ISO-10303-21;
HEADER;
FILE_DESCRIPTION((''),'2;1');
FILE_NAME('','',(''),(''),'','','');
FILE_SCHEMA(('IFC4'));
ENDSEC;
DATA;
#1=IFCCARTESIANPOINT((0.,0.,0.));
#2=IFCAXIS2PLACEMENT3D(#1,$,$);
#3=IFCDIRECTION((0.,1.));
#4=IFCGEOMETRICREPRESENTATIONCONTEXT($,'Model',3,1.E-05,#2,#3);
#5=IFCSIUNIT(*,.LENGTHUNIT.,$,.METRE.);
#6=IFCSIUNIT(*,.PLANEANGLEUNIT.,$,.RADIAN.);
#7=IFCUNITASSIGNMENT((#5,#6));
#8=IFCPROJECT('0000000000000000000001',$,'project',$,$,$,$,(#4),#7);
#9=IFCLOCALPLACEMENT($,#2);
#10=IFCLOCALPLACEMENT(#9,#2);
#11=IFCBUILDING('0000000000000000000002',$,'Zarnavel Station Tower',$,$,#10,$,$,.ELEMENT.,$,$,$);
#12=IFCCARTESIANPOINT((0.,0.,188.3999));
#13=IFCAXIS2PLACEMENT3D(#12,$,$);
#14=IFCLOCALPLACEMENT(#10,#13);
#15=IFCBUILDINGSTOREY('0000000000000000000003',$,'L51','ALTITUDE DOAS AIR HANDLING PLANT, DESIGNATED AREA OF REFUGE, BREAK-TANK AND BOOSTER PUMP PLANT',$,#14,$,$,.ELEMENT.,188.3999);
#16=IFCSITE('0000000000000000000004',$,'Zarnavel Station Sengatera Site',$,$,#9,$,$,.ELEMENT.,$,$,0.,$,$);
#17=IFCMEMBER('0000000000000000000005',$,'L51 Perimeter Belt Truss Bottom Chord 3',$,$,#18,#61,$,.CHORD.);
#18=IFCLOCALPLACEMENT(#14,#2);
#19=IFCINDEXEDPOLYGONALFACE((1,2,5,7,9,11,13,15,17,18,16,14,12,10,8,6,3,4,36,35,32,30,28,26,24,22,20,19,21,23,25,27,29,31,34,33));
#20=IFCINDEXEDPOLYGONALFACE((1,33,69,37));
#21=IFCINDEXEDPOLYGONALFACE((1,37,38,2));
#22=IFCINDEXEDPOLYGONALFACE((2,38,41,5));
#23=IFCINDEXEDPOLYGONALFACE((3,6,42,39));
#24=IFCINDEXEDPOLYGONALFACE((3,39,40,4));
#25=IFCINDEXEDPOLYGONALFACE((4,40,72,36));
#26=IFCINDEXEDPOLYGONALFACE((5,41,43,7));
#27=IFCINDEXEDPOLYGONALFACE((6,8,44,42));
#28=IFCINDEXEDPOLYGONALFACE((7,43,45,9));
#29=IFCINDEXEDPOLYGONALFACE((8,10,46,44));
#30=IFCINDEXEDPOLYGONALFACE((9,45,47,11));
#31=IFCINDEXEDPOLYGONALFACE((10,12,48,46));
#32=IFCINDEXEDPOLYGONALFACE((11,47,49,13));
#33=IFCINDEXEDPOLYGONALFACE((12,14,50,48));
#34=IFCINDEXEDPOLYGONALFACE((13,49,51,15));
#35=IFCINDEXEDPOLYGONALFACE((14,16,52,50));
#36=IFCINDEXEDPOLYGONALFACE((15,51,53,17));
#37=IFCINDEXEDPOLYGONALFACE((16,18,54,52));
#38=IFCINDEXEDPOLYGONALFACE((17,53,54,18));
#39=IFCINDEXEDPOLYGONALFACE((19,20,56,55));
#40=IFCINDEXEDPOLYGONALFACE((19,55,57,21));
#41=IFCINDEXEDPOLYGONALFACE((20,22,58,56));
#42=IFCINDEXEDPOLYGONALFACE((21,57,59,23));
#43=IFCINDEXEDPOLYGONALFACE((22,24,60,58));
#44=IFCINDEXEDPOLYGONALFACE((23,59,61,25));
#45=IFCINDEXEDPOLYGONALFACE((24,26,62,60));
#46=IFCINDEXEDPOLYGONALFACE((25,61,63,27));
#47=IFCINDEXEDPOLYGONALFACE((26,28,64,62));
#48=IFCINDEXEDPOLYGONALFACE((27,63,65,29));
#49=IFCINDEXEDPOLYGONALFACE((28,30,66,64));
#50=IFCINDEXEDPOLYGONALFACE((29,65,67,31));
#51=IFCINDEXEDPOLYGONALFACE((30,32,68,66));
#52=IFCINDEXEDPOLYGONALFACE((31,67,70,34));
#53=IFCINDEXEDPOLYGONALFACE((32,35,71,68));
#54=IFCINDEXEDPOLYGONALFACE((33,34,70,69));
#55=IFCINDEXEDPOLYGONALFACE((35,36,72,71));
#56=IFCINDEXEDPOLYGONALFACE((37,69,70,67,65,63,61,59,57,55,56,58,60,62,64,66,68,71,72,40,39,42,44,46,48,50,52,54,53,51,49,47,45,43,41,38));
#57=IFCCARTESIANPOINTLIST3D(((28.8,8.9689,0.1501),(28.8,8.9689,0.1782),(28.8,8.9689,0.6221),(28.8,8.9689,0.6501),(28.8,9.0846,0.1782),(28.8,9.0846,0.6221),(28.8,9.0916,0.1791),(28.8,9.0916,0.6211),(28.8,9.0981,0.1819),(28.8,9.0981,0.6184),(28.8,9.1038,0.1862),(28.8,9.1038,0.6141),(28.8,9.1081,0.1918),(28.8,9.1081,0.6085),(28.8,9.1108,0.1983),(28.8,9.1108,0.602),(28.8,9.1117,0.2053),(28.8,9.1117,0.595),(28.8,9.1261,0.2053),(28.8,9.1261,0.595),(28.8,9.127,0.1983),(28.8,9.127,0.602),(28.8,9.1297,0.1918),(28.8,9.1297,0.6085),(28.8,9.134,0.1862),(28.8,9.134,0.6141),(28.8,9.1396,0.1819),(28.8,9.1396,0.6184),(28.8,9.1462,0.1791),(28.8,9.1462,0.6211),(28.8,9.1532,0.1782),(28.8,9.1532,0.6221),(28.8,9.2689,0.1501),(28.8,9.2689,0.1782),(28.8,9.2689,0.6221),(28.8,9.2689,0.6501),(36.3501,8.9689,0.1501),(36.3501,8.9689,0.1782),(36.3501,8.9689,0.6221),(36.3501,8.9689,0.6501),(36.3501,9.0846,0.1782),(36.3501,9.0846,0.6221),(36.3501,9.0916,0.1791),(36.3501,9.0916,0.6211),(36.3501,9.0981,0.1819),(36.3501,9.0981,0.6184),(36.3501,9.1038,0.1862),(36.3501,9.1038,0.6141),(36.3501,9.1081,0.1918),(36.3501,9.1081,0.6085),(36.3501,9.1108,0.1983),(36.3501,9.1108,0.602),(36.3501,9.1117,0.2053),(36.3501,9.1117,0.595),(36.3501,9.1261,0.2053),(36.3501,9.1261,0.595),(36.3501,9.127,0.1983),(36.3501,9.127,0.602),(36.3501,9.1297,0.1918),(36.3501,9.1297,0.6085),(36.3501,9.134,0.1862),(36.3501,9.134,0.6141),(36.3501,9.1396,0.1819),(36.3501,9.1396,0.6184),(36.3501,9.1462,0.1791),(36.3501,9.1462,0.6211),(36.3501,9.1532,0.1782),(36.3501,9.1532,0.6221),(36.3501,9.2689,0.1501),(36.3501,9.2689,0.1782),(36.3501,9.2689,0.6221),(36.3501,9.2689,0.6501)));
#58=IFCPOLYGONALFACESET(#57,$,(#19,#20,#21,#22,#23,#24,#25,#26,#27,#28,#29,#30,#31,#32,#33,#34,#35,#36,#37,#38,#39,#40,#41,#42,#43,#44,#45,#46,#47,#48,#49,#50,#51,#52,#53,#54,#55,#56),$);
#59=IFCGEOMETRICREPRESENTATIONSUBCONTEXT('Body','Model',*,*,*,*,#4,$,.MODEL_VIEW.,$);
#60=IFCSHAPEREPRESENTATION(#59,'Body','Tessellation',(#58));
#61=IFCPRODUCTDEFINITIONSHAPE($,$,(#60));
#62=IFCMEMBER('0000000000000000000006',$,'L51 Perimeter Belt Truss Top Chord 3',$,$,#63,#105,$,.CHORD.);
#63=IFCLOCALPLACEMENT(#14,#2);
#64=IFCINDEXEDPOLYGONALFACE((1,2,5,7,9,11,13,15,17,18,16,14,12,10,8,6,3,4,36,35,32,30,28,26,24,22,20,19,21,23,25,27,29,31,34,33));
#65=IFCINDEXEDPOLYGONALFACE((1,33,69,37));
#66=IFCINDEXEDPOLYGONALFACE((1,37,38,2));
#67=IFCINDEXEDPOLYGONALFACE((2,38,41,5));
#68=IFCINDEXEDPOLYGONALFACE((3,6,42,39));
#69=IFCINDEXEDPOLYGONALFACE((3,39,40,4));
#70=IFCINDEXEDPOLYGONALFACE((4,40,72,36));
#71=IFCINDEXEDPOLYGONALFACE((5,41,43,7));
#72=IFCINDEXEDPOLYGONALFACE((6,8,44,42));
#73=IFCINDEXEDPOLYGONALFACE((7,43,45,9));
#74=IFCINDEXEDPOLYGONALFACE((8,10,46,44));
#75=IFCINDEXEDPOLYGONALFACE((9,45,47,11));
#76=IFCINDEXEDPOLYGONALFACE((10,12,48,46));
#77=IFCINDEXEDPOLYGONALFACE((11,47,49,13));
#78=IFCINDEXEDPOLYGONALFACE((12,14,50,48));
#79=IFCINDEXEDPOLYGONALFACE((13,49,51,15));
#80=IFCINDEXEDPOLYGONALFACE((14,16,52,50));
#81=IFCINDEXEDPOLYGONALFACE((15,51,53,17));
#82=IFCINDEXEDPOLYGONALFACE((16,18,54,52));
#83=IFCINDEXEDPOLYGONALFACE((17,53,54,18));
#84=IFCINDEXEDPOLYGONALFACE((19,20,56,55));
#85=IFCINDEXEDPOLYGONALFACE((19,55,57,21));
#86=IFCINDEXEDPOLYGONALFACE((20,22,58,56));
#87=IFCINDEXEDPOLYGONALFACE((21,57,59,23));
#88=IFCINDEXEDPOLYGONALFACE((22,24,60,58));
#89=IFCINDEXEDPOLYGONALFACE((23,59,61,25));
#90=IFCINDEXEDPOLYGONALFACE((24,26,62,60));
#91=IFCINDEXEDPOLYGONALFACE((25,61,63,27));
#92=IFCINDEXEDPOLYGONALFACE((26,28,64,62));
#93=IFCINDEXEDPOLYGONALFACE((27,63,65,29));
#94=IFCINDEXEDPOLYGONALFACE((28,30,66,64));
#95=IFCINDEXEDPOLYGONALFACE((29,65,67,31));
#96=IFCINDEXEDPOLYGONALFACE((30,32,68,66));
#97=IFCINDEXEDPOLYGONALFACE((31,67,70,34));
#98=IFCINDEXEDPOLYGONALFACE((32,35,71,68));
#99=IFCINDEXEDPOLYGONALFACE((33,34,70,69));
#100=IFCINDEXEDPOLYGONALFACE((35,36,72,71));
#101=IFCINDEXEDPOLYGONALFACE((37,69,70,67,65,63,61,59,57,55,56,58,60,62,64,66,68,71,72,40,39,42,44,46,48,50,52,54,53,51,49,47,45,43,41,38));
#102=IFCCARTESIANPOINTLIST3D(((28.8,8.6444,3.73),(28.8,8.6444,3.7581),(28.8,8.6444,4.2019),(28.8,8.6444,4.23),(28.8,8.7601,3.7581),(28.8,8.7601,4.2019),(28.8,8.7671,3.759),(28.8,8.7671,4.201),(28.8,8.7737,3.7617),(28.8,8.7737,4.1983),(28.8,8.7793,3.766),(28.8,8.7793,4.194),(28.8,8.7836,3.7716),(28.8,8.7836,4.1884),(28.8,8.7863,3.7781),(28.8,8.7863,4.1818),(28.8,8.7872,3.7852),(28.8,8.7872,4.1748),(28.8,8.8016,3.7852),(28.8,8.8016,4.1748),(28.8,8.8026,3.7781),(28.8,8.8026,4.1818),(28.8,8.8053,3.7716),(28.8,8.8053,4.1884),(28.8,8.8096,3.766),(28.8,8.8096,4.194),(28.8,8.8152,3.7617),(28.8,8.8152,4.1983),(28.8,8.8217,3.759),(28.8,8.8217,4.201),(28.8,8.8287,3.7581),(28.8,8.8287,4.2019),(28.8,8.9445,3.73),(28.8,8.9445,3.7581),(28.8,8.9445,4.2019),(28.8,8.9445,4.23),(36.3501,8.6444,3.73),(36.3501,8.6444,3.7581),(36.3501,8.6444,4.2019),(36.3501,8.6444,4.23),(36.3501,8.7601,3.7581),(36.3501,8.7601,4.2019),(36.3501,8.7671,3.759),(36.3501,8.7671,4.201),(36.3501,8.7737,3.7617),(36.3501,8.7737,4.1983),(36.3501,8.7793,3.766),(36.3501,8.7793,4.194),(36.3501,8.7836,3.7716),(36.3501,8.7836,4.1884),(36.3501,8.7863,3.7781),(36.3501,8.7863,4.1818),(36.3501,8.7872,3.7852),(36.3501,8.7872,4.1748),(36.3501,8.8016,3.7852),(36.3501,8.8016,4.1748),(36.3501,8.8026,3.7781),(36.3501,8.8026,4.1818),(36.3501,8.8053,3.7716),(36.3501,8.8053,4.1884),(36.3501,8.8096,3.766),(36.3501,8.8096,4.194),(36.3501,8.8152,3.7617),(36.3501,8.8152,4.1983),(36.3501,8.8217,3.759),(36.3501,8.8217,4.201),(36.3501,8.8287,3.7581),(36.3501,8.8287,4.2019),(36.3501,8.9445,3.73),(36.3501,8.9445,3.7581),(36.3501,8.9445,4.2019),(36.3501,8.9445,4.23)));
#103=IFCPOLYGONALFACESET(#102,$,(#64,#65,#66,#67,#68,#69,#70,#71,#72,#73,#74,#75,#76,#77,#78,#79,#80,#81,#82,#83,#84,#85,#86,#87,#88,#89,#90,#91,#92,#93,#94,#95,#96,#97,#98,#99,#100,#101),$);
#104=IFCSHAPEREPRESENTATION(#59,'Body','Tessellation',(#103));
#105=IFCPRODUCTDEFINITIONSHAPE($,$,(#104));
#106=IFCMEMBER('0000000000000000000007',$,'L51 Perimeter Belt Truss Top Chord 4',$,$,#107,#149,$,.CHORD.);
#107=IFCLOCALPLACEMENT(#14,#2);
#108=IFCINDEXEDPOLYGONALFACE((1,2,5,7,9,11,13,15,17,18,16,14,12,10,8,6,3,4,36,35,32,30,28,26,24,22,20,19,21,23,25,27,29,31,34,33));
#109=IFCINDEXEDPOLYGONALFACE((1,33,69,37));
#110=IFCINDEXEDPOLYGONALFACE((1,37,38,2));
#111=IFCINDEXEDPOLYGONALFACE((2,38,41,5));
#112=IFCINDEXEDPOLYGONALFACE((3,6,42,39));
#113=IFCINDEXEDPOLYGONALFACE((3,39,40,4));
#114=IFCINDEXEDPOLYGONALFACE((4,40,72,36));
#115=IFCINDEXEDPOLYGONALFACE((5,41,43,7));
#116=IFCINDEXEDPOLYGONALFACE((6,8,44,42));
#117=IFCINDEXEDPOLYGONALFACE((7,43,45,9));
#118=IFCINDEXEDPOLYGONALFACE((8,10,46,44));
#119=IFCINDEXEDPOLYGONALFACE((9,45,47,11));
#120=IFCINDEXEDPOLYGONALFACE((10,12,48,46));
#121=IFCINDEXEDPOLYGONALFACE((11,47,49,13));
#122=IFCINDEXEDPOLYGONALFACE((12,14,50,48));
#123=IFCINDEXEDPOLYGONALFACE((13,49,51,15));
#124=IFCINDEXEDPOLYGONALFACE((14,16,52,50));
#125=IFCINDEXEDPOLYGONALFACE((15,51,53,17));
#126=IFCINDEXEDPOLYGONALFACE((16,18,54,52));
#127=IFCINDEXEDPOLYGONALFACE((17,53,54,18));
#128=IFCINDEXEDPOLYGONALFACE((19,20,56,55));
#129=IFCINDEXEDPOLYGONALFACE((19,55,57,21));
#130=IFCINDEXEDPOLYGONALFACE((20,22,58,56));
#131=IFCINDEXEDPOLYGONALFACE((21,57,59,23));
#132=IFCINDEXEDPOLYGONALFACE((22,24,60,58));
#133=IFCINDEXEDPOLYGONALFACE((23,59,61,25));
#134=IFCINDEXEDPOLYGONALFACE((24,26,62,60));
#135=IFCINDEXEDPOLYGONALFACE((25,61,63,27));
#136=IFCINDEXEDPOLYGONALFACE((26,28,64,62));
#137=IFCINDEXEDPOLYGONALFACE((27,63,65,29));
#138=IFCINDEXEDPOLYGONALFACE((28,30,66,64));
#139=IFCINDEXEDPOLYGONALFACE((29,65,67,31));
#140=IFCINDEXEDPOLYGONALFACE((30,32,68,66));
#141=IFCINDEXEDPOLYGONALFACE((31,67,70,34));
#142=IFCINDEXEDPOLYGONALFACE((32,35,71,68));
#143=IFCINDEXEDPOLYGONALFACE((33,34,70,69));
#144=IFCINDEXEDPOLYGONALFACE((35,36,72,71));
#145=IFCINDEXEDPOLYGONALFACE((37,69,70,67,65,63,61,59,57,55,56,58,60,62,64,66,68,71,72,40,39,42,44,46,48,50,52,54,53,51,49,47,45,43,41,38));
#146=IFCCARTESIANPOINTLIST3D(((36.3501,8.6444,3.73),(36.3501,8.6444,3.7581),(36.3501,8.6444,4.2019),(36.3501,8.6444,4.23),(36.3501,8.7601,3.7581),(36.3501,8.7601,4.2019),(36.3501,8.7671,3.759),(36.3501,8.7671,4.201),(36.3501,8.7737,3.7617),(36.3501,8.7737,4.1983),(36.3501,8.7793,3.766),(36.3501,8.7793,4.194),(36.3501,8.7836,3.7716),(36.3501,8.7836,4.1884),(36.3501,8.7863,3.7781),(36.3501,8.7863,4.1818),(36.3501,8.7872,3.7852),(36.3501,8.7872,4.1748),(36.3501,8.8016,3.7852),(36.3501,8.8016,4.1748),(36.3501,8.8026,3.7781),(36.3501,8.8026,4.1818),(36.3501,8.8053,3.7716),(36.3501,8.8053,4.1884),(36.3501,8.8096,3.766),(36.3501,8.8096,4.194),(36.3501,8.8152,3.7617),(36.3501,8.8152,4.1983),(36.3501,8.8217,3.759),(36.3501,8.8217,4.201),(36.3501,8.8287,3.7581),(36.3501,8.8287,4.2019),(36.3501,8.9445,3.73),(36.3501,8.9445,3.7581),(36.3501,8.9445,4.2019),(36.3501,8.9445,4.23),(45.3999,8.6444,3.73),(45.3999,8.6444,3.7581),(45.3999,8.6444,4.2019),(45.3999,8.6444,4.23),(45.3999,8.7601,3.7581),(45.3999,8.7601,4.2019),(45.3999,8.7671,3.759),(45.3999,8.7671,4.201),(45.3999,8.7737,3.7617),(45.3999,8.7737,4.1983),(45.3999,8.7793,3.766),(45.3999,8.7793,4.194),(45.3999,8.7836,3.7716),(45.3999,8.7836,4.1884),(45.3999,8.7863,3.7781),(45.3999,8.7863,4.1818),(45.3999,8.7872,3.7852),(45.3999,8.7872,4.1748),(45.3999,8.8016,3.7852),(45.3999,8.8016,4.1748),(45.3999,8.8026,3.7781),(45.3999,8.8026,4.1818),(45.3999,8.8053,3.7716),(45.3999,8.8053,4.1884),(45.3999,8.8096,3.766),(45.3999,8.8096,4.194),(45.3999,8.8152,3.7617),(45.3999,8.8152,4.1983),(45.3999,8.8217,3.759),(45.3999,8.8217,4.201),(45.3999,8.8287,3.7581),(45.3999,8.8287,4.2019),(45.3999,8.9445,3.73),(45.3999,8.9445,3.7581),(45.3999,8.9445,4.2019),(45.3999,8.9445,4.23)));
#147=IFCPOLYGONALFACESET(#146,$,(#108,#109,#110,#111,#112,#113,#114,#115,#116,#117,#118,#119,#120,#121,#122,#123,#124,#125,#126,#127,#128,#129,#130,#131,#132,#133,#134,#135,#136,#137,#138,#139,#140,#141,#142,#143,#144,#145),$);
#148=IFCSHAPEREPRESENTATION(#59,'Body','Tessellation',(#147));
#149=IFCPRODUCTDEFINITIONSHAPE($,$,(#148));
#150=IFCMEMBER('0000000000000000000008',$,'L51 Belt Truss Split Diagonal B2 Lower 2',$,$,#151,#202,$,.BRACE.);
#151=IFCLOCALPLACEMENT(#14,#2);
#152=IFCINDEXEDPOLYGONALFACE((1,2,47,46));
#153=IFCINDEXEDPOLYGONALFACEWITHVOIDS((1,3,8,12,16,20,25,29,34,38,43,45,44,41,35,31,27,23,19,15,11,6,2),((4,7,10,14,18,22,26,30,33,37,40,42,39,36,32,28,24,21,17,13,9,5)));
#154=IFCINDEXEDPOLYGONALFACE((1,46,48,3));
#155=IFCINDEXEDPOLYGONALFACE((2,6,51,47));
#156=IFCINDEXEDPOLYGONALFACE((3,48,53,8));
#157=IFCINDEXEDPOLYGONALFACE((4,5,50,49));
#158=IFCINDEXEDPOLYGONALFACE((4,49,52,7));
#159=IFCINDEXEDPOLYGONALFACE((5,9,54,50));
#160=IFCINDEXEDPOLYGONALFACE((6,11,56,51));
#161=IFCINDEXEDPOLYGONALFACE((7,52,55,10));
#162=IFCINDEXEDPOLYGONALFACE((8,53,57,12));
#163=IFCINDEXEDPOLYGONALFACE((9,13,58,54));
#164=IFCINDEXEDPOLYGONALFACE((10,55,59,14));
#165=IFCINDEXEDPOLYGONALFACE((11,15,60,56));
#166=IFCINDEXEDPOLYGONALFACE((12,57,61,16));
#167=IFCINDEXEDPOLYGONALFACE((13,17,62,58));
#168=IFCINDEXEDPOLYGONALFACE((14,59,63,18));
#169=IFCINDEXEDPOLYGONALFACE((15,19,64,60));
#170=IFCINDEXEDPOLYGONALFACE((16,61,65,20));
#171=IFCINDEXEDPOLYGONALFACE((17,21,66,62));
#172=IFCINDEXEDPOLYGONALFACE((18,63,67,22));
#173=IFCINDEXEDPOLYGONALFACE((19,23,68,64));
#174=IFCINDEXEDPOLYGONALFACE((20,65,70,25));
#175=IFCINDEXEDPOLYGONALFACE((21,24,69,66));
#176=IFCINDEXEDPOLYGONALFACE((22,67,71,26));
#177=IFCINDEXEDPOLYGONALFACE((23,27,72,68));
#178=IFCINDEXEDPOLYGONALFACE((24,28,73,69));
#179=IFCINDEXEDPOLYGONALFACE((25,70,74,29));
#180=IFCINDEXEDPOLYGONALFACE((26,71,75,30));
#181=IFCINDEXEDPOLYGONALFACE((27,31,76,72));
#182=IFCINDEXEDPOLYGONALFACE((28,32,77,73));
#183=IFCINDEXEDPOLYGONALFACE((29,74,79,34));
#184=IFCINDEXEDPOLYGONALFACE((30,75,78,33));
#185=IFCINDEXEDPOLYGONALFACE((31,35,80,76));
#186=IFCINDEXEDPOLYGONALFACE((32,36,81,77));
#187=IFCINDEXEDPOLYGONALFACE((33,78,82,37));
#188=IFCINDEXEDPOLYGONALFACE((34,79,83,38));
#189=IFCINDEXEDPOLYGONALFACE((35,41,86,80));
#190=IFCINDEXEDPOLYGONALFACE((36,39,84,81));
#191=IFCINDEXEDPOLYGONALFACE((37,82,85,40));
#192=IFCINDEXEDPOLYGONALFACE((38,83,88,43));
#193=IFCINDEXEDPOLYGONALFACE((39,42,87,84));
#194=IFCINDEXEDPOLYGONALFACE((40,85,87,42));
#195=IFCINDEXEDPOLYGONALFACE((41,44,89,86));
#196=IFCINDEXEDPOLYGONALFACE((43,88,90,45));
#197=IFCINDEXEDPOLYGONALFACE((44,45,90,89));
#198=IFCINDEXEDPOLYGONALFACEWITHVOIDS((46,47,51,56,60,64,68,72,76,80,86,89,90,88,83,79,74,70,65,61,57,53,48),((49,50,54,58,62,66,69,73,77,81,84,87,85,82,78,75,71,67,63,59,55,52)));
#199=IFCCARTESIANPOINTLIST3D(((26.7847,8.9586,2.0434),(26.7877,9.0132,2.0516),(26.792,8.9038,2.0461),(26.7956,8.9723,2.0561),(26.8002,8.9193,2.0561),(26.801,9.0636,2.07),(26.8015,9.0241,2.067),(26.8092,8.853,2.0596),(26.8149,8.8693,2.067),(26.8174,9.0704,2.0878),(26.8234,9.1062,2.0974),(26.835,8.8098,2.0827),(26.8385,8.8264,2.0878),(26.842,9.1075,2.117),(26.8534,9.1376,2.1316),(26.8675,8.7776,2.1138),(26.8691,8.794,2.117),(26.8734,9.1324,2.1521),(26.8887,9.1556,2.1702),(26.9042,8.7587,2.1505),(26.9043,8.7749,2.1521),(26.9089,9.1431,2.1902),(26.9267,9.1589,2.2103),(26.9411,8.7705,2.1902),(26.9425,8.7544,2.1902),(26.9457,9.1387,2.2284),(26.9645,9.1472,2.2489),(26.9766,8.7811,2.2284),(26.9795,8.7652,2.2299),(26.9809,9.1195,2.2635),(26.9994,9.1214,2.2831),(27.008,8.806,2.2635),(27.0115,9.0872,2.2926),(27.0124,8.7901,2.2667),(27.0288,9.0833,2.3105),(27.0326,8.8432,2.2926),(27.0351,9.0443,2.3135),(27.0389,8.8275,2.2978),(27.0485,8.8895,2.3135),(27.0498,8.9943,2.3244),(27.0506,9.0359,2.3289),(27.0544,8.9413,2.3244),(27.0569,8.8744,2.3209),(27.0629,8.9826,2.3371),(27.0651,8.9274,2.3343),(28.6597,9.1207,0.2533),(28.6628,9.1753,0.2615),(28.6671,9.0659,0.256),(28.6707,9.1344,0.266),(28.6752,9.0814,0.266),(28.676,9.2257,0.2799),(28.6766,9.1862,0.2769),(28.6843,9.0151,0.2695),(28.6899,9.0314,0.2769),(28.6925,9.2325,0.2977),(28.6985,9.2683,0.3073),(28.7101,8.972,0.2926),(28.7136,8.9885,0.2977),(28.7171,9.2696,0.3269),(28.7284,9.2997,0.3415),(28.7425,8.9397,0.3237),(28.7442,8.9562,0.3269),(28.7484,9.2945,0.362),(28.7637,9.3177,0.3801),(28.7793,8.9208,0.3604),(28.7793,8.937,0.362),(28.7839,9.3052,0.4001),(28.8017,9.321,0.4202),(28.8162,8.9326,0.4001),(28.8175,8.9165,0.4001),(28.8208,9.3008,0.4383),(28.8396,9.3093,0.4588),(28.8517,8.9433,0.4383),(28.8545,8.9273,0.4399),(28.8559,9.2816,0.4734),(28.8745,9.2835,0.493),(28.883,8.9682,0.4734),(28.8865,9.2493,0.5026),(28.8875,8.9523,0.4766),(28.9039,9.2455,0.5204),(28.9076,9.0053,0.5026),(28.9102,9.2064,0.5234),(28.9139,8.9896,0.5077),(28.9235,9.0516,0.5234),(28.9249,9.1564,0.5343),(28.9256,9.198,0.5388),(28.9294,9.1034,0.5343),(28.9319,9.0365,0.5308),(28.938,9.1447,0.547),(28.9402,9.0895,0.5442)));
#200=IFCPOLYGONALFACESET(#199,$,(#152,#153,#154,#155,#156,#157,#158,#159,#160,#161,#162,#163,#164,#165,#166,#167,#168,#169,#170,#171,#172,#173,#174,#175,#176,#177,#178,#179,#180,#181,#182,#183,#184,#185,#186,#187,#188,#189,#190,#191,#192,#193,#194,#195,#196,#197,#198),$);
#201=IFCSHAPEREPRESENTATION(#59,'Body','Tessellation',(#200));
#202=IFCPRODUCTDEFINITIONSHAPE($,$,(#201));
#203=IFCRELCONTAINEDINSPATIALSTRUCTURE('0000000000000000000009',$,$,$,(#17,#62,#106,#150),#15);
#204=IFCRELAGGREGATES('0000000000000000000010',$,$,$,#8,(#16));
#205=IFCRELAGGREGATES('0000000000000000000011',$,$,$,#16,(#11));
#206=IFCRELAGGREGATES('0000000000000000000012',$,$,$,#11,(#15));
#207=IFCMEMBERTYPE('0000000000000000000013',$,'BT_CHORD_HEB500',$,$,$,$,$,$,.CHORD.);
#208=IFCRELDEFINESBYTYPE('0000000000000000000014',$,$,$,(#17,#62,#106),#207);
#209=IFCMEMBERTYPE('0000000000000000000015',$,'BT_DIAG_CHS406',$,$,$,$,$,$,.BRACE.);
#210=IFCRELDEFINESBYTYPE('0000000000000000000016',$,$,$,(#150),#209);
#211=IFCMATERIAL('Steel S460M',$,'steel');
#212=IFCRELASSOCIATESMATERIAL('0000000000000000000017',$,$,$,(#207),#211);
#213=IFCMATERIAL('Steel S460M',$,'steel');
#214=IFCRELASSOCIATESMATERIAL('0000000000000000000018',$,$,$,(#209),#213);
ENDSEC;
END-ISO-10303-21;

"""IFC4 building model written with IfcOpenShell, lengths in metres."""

from ifc_helpers import new_model, si_unit, direction, frame, origin, origin_2d, place, context, subcontext, project, spatial, hollow_circle, i_section, extrude, material, material_profile, profile_set, type_object, element, save


model = new_model("IFC4")

# Units and contexts
model_context = context("Model", 3, precision=1e-05, world=origin(), true_north=direction((0.0, 1.0)))
body_context = subcontext(model_context, "Body", "Model", "MODEL_VIEW")
ifc_project = project(units=[si_unit("LENGTHUNIT", "METRE"), si_unit("PLANEANGLEUNIT", "RADIAN")], contexts=[model_context])

# Site, building, storey
site_placement = place(None, origin())
site = spatial("IfcSite", under=ifc_project, at=site_placement, Name="Zarnavel Station Sengatera Site", CompositionType="ELEMENT", RefElevation=0.0)
building_placement = place(site_placement, origin())
building = spatial("IfcBuilding", under=site, at=building_placement, Name="Zarnavel Station Tower", CompositionType="ELEMENT")
storey_placement = place(building_placement, frame((0.0, 0.0, 188.3999)))
storey = spatial("IfcBuildingStorey", under=building, at=storey_placement, Name="L51", Description="ALTITUDE DOAS AIR HANDLING PLANT, DESIGNATED AREA OF REFUGE, BREAK-TANK AND BOOSTER PUMP PLANT", CompositionType="ELEMENT", Elevation=188.3999)

# Members
ifc_material_1 = material(Name="Steel S460M", Category="steel")
ifc_material_profile_1 = material_profile(ifc_material_1, i_section(OverallWidth=0.3, OverallDepth=0.5, WebThickness=0.0144, FlangeThickness=0.0281, FilletRadius=0.0271, at=origin_2d()), Name="HEB500")
ifc_profile_set_1 = profile_set([ifc_material_profile_1], Name="Steel S460M")
member_type_1 = type_object("IfcMemberType", Name="BT_CHORD_HEB500", PredefinedType="CHORD", material=ifc_profile_set_1)
for number, where, z_axis, x_axis, name in (
    (1, (28.8, 9.1189, 0.4001), (1.0, 0.0, 0.0), (0.0, 1.0, 0.0), "L51 Perimeter Belt Truss Bottom Chord 3"),
    (2, (28.8, 8.7944, 3.98), (1.0, 0.0, 0.0), (0.0, 1.0, 0.0), "L51 Perimeter Belt Truss Top Chord 3"),
):
    element("IfcMember", number, at=place(storey_placement, frame(where, z_axis=z_axis, x_axis=x_axis)), inside=storey, type_object=member_type_1, Name=name, PredefinedType="CHORD", context=body_context, shape_type="SweptSolid", body=[
        extrude(i_section(OverallWidth=0.3, OverallDepth=0.5, WebThickness=0.0144, FlangeThickness=0.0281, FilletRadius=0.0271, at=origin_2d()), origin(), (0.0, 0.0, 1.0), 7.55),
    ])
member_1_placement = place(storey_placement, frame((36.3501, 8.7944, 3.98), z_axis=(1.0, 0.0, 0.0), x_axis=(0.0, 1.0, 0.0)))
element("IfcMember", 3, at=member_1_placement, inside=storey, type_object=member_type_1, Name="L51 Perimeter Belt Truss Top Chord 4", PredefinedType="CHORD", context=body_context, shape_type="SweptSolid", body=[
    extrude(i_section(OverallWidth=0.3, OverallDepth=0.5, WebThickness=0.0144, FlangeThickness=0.0281, FilletRadius=0.0271, at=origin_2d()), origin(), (0.0, 0.0, 1.0), 9.0498),
])
ifc_material_2 = material(Name="Steel S460M", Category="steel")
ifc_material_profile_2 = material_profile(ifc_material_2, hollow_circle(Radius=0.2031, WallThickness=0.0161, at=origin_2d()), Name="CHS406.4x16")
ifc_profile_set_2 = profile_set([ifc_material_profile_2], Name="Steel S460M")
member_type_2 = type_object("IfcMemberType", Name="BT_DIAG_CHS406", PredefinedType="BRACE", material=ifc_profile_set_2)
member_2_placement = place(storey_placement, frame((28.8, 9.1189, 0.4001), z_axis=(-0.721894, -0.062414, 0.689183), x_axis=(0.086137, -0.996283, 0.0)))
element("IfcMember", 4, at=member_2_placement, inside=storey, type_object=member_type_2, Name="L51 Belt Truss Split Diagonal B2 Lower 2", PredefinedType="BRACE", context=body_context, shape_type="SweptSolid", body=[
    extrude(hollow_circle(Radius=0.2031, WallThickness=0.0161, at=origin_2d()), origin(), (0.0, 0.0, 1.0), 2.5974),
])

save(model, "model.ifc")
